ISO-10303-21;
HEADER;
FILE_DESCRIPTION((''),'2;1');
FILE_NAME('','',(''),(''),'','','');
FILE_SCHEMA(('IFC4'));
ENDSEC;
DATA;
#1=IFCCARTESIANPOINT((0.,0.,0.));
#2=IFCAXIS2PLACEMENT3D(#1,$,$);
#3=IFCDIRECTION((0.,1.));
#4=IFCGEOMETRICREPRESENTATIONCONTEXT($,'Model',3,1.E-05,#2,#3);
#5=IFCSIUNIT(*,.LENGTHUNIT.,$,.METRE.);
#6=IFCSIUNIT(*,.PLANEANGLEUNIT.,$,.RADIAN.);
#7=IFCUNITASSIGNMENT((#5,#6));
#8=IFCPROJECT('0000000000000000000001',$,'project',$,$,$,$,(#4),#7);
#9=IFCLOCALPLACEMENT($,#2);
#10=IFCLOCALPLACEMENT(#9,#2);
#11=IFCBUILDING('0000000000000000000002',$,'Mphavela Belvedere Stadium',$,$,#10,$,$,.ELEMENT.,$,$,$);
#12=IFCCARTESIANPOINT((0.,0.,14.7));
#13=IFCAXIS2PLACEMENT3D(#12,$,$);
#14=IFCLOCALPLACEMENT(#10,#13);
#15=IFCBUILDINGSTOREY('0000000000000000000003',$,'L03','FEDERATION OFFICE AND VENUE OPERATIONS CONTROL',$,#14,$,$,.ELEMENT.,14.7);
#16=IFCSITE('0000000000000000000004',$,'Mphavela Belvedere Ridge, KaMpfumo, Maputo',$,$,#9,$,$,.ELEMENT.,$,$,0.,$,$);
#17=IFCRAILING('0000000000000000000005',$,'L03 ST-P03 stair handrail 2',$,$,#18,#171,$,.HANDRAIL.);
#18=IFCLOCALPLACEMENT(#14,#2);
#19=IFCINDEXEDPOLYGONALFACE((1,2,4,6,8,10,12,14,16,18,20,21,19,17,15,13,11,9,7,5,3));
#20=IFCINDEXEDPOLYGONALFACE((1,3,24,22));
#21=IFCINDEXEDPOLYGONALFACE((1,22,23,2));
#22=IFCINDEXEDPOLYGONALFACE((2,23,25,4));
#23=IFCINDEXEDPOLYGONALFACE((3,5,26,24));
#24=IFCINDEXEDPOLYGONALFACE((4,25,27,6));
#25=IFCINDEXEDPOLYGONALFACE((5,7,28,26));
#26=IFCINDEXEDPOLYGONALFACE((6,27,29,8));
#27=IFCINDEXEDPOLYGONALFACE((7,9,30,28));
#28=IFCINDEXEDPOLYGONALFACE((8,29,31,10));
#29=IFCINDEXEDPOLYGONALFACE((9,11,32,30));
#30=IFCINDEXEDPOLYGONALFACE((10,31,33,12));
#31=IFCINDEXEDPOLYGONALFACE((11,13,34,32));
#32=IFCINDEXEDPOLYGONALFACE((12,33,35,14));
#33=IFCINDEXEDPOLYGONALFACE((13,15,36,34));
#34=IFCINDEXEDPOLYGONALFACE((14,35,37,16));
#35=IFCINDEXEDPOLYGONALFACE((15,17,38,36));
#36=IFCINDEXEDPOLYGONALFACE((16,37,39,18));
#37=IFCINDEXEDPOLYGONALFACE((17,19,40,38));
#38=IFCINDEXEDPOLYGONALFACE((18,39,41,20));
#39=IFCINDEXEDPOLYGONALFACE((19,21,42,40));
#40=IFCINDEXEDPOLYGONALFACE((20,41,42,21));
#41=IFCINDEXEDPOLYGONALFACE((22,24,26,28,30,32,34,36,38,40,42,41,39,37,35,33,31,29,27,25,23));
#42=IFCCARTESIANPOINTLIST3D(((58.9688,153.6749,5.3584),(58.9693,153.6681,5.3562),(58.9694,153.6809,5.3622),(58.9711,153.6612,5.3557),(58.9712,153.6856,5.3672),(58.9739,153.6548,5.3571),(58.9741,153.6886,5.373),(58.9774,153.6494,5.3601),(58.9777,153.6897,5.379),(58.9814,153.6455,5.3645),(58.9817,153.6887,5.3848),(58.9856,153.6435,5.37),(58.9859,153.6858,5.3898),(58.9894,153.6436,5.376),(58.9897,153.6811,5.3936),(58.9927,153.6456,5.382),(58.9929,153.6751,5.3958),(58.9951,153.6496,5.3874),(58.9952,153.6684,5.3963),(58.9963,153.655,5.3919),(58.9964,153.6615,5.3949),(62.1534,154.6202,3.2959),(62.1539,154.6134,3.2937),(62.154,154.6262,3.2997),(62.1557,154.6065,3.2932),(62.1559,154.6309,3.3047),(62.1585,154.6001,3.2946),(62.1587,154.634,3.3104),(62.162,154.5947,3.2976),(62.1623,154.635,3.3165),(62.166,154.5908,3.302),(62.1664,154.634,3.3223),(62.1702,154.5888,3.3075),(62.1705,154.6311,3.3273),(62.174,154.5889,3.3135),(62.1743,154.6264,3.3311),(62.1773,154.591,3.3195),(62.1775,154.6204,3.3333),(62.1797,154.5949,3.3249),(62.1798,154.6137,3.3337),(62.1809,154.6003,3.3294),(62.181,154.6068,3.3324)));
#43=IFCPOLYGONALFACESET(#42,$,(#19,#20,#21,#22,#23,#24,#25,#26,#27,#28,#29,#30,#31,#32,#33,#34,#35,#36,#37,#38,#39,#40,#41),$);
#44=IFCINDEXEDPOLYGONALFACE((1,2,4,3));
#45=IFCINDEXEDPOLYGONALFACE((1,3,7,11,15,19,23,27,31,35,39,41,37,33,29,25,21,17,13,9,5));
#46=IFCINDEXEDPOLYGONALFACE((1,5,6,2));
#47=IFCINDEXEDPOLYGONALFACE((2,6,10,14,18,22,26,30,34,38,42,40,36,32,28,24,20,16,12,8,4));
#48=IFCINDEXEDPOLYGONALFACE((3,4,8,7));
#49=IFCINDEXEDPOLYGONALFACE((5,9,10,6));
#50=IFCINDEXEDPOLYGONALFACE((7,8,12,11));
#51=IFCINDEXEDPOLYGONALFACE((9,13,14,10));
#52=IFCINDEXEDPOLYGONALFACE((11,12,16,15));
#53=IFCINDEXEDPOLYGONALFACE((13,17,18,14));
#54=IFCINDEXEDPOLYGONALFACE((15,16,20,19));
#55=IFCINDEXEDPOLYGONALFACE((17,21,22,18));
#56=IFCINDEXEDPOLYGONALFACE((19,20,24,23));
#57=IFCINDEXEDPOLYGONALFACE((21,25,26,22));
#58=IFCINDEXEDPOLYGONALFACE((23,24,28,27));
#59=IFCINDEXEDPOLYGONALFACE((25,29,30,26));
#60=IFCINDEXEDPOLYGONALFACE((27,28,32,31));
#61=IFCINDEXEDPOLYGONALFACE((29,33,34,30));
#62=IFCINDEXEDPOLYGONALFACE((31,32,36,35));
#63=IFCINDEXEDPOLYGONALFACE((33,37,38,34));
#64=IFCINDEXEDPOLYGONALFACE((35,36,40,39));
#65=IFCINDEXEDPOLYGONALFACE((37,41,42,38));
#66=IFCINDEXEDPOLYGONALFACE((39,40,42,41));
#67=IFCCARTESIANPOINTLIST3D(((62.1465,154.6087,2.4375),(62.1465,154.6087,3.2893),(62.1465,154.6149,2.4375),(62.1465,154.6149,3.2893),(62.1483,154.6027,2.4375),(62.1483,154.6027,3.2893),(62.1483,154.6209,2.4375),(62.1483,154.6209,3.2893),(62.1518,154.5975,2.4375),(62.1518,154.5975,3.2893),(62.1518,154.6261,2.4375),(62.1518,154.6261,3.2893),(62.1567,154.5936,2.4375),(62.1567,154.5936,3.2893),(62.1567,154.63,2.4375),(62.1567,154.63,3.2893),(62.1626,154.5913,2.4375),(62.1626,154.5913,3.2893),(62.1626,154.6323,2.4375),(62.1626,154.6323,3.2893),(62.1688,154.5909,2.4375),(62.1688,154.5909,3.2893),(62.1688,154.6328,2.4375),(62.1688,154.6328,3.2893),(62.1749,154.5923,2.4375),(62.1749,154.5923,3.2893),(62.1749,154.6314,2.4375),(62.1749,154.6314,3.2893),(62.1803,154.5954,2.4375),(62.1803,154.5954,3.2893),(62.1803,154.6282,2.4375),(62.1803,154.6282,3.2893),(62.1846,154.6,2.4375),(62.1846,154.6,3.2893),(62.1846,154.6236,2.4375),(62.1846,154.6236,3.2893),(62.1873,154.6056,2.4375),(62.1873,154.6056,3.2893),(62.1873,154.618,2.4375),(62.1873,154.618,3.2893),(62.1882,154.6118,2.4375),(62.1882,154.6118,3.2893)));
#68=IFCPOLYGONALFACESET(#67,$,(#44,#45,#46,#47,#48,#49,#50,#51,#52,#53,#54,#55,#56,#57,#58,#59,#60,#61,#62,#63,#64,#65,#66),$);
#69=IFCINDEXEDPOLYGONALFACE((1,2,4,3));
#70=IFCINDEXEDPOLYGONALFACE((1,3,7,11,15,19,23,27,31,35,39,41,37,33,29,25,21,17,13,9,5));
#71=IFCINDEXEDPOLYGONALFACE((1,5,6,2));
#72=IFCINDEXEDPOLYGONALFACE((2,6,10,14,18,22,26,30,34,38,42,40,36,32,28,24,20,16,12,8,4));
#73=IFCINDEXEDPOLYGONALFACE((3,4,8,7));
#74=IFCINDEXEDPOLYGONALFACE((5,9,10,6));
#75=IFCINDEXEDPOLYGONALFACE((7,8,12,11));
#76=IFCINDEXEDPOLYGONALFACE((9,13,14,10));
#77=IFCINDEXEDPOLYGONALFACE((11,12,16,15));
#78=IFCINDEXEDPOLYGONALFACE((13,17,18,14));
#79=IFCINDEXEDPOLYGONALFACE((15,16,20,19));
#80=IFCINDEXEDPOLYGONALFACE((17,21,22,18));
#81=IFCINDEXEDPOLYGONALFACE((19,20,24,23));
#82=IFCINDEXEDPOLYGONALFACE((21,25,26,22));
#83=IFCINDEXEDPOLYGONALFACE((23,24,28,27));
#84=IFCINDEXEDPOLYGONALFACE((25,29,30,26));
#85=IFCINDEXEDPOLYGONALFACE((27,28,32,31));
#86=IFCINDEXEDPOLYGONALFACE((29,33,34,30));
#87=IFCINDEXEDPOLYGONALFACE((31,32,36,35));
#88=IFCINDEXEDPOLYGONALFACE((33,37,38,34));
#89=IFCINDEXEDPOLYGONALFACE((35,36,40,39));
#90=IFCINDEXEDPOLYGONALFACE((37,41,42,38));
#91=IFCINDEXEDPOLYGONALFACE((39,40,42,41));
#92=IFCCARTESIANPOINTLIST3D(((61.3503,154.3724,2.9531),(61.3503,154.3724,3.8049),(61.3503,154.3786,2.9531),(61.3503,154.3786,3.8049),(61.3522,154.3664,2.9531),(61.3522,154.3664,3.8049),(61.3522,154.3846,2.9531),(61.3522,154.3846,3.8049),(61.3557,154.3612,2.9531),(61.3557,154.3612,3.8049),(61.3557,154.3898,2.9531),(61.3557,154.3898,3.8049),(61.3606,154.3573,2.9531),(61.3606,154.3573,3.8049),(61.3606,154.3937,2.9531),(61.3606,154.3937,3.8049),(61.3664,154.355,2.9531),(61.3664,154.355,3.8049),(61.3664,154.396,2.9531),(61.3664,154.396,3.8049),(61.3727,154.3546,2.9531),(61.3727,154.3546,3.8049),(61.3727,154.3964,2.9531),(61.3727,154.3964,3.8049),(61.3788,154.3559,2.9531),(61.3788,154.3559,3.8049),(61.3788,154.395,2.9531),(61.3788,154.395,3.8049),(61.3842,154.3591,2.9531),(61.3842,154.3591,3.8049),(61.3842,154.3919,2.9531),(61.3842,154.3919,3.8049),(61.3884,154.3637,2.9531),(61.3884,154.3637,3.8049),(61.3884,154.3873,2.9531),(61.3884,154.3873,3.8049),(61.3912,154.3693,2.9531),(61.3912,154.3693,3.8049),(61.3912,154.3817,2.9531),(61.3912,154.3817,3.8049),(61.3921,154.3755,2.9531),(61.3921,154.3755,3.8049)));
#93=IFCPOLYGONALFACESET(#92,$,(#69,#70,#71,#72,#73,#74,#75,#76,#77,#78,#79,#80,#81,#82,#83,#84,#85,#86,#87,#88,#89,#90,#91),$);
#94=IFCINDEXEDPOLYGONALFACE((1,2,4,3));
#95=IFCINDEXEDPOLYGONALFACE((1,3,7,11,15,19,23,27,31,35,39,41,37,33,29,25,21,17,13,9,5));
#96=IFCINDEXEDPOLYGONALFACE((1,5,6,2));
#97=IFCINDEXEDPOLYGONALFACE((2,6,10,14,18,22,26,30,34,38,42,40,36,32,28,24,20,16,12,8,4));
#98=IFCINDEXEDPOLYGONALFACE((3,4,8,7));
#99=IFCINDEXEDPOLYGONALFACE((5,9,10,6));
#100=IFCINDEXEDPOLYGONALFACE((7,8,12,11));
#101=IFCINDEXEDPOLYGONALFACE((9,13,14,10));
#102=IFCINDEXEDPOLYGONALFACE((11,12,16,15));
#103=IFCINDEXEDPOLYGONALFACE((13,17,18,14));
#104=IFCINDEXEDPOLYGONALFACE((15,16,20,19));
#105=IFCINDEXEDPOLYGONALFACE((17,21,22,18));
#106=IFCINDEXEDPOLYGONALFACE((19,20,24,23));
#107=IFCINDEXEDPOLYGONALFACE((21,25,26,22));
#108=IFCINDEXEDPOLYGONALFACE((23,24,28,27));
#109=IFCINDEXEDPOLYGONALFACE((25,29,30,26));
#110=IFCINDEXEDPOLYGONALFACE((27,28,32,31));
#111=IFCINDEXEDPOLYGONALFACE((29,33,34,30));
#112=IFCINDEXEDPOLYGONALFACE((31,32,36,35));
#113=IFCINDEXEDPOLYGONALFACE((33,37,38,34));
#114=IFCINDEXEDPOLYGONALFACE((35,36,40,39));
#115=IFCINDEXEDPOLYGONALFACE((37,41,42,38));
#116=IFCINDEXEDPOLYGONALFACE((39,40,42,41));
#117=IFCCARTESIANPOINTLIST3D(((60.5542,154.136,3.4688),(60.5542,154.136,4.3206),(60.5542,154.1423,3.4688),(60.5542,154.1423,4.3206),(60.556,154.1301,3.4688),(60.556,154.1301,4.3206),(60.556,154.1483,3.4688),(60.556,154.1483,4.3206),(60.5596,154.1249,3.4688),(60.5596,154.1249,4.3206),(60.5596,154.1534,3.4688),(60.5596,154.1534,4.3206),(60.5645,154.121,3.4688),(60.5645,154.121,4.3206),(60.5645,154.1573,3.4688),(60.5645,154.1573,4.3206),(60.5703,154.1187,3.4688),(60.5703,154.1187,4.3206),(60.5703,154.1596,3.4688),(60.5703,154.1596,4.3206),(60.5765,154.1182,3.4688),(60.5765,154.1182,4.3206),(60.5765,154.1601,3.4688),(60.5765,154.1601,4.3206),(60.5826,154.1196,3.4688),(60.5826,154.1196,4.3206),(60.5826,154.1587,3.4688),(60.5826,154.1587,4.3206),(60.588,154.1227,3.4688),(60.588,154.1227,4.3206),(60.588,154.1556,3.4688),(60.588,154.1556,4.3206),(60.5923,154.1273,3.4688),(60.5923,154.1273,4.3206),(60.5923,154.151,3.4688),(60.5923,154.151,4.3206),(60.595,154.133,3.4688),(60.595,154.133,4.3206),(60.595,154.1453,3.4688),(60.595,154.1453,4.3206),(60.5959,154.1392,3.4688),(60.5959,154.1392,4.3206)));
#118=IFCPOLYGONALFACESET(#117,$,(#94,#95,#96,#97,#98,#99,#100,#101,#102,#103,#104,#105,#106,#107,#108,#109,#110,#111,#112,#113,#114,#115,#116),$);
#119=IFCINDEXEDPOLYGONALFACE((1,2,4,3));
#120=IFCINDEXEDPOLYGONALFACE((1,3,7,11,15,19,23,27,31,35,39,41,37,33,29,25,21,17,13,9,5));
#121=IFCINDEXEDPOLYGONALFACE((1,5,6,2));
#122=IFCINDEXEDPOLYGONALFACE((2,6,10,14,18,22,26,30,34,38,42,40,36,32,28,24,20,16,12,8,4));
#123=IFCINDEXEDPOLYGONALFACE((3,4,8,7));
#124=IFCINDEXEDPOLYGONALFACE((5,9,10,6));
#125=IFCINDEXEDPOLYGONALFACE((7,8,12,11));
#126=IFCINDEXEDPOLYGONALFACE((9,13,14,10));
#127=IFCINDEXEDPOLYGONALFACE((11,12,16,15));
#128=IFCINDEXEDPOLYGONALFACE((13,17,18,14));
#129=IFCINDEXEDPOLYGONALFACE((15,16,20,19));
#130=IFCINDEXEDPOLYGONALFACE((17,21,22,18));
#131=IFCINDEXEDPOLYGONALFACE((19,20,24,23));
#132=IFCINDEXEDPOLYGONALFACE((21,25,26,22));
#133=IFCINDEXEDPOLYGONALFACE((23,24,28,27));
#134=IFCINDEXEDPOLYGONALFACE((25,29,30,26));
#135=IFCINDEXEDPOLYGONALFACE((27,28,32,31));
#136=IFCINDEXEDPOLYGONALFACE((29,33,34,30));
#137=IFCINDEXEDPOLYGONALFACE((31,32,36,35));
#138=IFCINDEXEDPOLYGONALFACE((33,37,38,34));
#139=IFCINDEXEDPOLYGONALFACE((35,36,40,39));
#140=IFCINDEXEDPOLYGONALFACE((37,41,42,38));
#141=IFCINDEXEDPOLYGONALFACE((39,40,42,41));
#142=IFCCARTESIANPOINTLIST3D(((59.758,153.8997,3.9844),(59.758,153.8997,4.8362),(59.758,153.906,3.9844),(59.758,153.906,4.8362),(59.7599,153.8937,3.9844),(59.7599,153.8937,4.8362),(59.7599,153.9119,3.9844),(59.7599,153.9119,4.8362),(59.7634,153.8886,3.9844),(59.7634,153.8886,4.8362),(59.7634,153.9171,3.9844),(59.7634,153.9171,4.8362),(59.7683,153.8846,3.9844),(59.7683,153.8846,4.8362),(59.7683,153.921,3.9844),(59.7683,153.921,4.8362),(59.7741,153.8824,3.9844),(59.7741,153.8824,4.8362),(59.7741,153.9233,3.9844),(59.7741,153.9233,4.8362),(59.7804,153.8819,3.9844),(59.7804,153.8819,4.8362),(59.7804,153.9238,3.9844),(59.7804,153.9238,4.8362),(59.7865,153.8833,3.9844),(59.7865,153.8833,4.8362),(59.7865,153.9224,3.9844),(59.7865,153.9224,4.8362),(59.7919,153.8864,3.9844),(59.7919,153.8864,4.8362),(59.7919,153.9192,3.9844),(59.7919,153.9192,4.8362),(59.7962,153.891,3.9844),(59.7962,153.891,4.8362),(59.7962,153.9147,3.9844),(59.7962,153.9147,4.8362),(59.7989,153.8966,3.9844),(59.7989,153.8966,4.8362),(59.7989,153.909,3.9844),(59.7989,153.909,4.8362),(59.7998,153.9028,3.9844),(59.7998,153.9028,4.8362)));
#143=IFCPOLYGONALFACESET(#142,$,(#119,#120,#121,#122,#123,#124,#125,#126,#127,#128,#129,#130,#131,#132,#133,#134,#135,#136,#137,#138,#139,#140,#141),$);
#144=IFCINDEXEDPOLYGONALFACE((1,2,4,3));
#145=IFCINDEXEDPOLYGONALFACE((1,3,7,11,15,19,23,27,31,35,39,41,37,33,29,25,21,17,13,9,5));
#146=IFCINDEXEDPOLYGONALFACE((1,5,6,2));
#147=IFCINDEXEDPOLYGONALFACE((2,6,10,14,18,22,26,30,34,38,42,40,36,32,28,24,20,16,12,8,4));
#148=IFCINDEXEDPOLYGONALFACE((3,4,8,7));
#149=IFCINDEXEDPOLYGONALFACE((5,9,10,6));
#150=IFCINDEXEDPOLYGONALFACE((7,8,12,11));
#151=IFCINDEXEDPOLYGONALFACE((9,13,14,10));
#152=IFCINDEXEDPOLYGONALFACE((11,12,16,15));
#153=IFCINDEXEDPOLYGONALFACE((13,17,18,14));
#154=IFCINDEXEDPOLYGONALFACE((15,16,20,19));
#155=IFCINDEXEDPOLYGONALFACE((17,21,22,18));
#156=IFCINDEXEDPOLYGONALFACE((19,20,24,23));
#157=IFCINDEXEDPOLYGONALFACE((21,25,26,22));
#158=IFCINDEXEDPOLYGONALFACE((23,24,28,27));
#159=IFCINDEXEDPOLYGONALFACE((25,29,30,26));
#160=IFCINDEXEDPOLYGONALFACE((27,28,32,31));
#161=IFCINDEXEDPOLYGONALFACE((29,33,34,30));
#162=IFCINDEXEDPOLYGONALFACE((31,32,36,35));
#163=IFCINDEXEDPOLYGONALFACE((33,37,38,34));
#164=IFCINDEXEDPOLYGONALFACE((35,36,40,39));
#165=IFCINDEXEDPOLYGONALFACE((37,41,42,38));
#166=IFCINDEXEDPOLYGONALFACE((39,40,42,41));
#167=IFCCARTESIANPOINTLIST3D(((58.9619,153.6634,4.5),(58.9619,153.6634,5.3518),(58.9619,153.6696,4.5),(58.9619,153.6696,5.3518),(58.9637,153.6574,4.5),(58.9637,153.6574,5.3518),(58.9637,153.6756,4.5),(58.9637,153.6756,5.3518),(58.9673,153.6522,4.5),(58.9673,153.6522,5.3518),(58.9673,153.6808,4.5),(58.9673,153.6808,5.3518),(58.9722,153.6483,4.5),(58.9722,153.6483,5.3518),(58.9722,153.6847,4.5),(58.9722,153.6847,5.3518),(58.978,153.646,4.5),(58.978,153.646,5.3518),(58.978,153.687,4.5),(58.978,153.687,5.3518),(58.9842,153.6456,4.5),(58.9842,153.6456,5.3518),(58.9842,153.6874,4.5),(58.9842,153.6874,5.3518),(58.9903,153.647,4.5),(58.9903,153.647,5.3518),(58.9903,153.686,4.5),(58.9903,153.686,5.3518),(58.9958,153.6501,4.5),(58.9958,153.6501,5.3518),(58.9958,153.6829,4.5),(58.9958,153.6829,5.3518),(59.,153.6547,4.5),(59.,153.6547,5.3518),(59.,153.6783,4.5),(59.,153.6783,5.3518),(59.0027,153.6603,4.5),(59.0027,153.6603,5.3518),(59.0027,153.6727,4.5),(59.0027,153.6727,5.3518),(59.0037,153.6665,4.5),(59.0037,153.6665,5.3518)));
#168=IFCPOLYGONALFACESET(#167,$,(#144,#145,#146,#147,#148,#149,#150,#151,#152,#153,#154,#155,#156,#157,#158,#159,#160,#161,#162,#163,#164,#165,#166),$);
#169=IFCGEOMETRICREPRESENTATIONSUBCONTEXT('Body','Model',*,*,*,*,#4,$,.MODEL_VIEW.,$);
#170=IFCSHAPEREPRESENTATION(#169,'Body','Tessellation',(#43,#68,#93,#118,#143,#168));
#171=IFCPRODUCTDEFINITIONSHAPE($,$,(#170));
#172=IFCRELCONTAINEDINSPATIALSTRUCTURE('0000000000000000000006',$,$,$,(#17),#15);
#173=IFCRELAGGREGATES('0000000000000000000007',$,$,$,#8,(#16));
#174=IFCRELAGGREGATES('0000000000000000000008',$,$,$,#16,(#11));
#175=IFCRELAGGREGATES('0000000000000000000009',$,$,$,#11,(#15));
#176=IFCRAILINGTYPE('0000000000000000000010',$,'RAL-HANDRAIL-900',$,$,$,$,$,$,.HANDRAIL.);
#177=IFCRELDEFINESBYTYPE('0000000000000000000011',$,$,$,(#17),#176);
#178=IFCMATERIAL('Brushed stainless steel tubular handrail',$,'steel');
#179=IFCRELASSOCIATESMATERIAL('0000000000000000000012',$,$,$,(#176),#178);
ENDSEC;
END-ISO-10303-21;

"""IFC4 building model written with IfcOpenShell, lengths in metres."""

from ifc_helpers import new_model, si_unit, direction, frame, origin, origin_2d, place, context, subcontext, project, spatial, circle, extrude, material, type_object, element, save


model = new_model("IFC4")

# Units and contexts
model_context = context("Model", 3, precision=1e-05, world=origin(), true_north=direction((0.0, 1.0)))
body_context = subcontext(model_context, "Body", "Model", "MODEL_VIEW")
ifc_project = project(units=[si_unit("LENGTHUNIT", "METRE"), si_unit("PLANEANGLEUNIT", "RADIAN")], contexts=[model_context])

# Site, building, storey
site_placement = place(None, origin())
site = spatial("IfcSite", under=ifc_project, at=site_placement, Name="Mphavela Belvedere Ridge, KaMpfumo, Maputo", CompositionType="ELEMENT", RefElevation=0.0)
building_placement = place(site_placement, origin())
building = spatial("IfcBuilding", under=site, at=building_placement, Name="Mphavela Belvedere Stadium", CompositionType="ELEMENT")
storey_placement = place(building_placement, frame((0.0, 0.0, 14.7)))
storey = spatial("IfcBuildingStorey", under=building, at=storey_placement, Name="L03", Description="FEDERATION OFFICE AND VENUE OPERATIONS CONTROL", CompositionType="ELEMENT", Elevation=14.7)

# Railing
ifc_material_1 = material(Name="Brushed stainless steel tubular handrail", Category="steel")
railing_type = type_object("IfcRailingType", Name="RAL-HANDRAIL-900", PredefinedType="HANDRAIL", material=ifc_material_1)
railing_placement = place(storey_placement, frame((62.1672, 154.6118, 2.4375)))
element("IfcRailing", 1, at=railing_placement, inside=storey, type_object=railing_type, Name="L03 ST-P03 stair handrail 2", PredefinedType="HANDRAIL", context=body_context, shape_type="SweptSolid", body=[
    extrude(circle(Radius=0.0239, at=origin_2d()), frame((0.0, 0.0, 0.876), z_axis=(-0.814444, -0.241761, 0.527478), x_axis=(0.284569, -0.958656, 0.0)), (0.0, 0.0, 1.0), 3.9102),
    extrude(circle(Radius=0.021, at=origin_2d()), origin(), (0.0, 0.0, 1.0), 0.8518),
    extrude(circle(Radius=0.021, at=origin_2d()), frame((-0.7961, -0.2363, 0.5156)), (0.0, 0.0, 1.0), 0.8518),
    extrude(circle(Radius=0.021, at=origin_2d()), frame((-1.5923, -0.4727, 1.0312)), (0.0, 0.0, 1.0), 0.8518),
    extrude(circle(Radius=0.021, at=origin_2d()), frame((-2.3884, -0.709, 1.5469)), (0.0, 0.0, 1.0), 0.8518),
    extrude(circle(Radius=0.021, at=origin_2d()), frame((-3.1846, -0.9453, 2.0625)), (0.0, 0.0, 1.0), 0.8518),
])

save(model, "model.ifc")
